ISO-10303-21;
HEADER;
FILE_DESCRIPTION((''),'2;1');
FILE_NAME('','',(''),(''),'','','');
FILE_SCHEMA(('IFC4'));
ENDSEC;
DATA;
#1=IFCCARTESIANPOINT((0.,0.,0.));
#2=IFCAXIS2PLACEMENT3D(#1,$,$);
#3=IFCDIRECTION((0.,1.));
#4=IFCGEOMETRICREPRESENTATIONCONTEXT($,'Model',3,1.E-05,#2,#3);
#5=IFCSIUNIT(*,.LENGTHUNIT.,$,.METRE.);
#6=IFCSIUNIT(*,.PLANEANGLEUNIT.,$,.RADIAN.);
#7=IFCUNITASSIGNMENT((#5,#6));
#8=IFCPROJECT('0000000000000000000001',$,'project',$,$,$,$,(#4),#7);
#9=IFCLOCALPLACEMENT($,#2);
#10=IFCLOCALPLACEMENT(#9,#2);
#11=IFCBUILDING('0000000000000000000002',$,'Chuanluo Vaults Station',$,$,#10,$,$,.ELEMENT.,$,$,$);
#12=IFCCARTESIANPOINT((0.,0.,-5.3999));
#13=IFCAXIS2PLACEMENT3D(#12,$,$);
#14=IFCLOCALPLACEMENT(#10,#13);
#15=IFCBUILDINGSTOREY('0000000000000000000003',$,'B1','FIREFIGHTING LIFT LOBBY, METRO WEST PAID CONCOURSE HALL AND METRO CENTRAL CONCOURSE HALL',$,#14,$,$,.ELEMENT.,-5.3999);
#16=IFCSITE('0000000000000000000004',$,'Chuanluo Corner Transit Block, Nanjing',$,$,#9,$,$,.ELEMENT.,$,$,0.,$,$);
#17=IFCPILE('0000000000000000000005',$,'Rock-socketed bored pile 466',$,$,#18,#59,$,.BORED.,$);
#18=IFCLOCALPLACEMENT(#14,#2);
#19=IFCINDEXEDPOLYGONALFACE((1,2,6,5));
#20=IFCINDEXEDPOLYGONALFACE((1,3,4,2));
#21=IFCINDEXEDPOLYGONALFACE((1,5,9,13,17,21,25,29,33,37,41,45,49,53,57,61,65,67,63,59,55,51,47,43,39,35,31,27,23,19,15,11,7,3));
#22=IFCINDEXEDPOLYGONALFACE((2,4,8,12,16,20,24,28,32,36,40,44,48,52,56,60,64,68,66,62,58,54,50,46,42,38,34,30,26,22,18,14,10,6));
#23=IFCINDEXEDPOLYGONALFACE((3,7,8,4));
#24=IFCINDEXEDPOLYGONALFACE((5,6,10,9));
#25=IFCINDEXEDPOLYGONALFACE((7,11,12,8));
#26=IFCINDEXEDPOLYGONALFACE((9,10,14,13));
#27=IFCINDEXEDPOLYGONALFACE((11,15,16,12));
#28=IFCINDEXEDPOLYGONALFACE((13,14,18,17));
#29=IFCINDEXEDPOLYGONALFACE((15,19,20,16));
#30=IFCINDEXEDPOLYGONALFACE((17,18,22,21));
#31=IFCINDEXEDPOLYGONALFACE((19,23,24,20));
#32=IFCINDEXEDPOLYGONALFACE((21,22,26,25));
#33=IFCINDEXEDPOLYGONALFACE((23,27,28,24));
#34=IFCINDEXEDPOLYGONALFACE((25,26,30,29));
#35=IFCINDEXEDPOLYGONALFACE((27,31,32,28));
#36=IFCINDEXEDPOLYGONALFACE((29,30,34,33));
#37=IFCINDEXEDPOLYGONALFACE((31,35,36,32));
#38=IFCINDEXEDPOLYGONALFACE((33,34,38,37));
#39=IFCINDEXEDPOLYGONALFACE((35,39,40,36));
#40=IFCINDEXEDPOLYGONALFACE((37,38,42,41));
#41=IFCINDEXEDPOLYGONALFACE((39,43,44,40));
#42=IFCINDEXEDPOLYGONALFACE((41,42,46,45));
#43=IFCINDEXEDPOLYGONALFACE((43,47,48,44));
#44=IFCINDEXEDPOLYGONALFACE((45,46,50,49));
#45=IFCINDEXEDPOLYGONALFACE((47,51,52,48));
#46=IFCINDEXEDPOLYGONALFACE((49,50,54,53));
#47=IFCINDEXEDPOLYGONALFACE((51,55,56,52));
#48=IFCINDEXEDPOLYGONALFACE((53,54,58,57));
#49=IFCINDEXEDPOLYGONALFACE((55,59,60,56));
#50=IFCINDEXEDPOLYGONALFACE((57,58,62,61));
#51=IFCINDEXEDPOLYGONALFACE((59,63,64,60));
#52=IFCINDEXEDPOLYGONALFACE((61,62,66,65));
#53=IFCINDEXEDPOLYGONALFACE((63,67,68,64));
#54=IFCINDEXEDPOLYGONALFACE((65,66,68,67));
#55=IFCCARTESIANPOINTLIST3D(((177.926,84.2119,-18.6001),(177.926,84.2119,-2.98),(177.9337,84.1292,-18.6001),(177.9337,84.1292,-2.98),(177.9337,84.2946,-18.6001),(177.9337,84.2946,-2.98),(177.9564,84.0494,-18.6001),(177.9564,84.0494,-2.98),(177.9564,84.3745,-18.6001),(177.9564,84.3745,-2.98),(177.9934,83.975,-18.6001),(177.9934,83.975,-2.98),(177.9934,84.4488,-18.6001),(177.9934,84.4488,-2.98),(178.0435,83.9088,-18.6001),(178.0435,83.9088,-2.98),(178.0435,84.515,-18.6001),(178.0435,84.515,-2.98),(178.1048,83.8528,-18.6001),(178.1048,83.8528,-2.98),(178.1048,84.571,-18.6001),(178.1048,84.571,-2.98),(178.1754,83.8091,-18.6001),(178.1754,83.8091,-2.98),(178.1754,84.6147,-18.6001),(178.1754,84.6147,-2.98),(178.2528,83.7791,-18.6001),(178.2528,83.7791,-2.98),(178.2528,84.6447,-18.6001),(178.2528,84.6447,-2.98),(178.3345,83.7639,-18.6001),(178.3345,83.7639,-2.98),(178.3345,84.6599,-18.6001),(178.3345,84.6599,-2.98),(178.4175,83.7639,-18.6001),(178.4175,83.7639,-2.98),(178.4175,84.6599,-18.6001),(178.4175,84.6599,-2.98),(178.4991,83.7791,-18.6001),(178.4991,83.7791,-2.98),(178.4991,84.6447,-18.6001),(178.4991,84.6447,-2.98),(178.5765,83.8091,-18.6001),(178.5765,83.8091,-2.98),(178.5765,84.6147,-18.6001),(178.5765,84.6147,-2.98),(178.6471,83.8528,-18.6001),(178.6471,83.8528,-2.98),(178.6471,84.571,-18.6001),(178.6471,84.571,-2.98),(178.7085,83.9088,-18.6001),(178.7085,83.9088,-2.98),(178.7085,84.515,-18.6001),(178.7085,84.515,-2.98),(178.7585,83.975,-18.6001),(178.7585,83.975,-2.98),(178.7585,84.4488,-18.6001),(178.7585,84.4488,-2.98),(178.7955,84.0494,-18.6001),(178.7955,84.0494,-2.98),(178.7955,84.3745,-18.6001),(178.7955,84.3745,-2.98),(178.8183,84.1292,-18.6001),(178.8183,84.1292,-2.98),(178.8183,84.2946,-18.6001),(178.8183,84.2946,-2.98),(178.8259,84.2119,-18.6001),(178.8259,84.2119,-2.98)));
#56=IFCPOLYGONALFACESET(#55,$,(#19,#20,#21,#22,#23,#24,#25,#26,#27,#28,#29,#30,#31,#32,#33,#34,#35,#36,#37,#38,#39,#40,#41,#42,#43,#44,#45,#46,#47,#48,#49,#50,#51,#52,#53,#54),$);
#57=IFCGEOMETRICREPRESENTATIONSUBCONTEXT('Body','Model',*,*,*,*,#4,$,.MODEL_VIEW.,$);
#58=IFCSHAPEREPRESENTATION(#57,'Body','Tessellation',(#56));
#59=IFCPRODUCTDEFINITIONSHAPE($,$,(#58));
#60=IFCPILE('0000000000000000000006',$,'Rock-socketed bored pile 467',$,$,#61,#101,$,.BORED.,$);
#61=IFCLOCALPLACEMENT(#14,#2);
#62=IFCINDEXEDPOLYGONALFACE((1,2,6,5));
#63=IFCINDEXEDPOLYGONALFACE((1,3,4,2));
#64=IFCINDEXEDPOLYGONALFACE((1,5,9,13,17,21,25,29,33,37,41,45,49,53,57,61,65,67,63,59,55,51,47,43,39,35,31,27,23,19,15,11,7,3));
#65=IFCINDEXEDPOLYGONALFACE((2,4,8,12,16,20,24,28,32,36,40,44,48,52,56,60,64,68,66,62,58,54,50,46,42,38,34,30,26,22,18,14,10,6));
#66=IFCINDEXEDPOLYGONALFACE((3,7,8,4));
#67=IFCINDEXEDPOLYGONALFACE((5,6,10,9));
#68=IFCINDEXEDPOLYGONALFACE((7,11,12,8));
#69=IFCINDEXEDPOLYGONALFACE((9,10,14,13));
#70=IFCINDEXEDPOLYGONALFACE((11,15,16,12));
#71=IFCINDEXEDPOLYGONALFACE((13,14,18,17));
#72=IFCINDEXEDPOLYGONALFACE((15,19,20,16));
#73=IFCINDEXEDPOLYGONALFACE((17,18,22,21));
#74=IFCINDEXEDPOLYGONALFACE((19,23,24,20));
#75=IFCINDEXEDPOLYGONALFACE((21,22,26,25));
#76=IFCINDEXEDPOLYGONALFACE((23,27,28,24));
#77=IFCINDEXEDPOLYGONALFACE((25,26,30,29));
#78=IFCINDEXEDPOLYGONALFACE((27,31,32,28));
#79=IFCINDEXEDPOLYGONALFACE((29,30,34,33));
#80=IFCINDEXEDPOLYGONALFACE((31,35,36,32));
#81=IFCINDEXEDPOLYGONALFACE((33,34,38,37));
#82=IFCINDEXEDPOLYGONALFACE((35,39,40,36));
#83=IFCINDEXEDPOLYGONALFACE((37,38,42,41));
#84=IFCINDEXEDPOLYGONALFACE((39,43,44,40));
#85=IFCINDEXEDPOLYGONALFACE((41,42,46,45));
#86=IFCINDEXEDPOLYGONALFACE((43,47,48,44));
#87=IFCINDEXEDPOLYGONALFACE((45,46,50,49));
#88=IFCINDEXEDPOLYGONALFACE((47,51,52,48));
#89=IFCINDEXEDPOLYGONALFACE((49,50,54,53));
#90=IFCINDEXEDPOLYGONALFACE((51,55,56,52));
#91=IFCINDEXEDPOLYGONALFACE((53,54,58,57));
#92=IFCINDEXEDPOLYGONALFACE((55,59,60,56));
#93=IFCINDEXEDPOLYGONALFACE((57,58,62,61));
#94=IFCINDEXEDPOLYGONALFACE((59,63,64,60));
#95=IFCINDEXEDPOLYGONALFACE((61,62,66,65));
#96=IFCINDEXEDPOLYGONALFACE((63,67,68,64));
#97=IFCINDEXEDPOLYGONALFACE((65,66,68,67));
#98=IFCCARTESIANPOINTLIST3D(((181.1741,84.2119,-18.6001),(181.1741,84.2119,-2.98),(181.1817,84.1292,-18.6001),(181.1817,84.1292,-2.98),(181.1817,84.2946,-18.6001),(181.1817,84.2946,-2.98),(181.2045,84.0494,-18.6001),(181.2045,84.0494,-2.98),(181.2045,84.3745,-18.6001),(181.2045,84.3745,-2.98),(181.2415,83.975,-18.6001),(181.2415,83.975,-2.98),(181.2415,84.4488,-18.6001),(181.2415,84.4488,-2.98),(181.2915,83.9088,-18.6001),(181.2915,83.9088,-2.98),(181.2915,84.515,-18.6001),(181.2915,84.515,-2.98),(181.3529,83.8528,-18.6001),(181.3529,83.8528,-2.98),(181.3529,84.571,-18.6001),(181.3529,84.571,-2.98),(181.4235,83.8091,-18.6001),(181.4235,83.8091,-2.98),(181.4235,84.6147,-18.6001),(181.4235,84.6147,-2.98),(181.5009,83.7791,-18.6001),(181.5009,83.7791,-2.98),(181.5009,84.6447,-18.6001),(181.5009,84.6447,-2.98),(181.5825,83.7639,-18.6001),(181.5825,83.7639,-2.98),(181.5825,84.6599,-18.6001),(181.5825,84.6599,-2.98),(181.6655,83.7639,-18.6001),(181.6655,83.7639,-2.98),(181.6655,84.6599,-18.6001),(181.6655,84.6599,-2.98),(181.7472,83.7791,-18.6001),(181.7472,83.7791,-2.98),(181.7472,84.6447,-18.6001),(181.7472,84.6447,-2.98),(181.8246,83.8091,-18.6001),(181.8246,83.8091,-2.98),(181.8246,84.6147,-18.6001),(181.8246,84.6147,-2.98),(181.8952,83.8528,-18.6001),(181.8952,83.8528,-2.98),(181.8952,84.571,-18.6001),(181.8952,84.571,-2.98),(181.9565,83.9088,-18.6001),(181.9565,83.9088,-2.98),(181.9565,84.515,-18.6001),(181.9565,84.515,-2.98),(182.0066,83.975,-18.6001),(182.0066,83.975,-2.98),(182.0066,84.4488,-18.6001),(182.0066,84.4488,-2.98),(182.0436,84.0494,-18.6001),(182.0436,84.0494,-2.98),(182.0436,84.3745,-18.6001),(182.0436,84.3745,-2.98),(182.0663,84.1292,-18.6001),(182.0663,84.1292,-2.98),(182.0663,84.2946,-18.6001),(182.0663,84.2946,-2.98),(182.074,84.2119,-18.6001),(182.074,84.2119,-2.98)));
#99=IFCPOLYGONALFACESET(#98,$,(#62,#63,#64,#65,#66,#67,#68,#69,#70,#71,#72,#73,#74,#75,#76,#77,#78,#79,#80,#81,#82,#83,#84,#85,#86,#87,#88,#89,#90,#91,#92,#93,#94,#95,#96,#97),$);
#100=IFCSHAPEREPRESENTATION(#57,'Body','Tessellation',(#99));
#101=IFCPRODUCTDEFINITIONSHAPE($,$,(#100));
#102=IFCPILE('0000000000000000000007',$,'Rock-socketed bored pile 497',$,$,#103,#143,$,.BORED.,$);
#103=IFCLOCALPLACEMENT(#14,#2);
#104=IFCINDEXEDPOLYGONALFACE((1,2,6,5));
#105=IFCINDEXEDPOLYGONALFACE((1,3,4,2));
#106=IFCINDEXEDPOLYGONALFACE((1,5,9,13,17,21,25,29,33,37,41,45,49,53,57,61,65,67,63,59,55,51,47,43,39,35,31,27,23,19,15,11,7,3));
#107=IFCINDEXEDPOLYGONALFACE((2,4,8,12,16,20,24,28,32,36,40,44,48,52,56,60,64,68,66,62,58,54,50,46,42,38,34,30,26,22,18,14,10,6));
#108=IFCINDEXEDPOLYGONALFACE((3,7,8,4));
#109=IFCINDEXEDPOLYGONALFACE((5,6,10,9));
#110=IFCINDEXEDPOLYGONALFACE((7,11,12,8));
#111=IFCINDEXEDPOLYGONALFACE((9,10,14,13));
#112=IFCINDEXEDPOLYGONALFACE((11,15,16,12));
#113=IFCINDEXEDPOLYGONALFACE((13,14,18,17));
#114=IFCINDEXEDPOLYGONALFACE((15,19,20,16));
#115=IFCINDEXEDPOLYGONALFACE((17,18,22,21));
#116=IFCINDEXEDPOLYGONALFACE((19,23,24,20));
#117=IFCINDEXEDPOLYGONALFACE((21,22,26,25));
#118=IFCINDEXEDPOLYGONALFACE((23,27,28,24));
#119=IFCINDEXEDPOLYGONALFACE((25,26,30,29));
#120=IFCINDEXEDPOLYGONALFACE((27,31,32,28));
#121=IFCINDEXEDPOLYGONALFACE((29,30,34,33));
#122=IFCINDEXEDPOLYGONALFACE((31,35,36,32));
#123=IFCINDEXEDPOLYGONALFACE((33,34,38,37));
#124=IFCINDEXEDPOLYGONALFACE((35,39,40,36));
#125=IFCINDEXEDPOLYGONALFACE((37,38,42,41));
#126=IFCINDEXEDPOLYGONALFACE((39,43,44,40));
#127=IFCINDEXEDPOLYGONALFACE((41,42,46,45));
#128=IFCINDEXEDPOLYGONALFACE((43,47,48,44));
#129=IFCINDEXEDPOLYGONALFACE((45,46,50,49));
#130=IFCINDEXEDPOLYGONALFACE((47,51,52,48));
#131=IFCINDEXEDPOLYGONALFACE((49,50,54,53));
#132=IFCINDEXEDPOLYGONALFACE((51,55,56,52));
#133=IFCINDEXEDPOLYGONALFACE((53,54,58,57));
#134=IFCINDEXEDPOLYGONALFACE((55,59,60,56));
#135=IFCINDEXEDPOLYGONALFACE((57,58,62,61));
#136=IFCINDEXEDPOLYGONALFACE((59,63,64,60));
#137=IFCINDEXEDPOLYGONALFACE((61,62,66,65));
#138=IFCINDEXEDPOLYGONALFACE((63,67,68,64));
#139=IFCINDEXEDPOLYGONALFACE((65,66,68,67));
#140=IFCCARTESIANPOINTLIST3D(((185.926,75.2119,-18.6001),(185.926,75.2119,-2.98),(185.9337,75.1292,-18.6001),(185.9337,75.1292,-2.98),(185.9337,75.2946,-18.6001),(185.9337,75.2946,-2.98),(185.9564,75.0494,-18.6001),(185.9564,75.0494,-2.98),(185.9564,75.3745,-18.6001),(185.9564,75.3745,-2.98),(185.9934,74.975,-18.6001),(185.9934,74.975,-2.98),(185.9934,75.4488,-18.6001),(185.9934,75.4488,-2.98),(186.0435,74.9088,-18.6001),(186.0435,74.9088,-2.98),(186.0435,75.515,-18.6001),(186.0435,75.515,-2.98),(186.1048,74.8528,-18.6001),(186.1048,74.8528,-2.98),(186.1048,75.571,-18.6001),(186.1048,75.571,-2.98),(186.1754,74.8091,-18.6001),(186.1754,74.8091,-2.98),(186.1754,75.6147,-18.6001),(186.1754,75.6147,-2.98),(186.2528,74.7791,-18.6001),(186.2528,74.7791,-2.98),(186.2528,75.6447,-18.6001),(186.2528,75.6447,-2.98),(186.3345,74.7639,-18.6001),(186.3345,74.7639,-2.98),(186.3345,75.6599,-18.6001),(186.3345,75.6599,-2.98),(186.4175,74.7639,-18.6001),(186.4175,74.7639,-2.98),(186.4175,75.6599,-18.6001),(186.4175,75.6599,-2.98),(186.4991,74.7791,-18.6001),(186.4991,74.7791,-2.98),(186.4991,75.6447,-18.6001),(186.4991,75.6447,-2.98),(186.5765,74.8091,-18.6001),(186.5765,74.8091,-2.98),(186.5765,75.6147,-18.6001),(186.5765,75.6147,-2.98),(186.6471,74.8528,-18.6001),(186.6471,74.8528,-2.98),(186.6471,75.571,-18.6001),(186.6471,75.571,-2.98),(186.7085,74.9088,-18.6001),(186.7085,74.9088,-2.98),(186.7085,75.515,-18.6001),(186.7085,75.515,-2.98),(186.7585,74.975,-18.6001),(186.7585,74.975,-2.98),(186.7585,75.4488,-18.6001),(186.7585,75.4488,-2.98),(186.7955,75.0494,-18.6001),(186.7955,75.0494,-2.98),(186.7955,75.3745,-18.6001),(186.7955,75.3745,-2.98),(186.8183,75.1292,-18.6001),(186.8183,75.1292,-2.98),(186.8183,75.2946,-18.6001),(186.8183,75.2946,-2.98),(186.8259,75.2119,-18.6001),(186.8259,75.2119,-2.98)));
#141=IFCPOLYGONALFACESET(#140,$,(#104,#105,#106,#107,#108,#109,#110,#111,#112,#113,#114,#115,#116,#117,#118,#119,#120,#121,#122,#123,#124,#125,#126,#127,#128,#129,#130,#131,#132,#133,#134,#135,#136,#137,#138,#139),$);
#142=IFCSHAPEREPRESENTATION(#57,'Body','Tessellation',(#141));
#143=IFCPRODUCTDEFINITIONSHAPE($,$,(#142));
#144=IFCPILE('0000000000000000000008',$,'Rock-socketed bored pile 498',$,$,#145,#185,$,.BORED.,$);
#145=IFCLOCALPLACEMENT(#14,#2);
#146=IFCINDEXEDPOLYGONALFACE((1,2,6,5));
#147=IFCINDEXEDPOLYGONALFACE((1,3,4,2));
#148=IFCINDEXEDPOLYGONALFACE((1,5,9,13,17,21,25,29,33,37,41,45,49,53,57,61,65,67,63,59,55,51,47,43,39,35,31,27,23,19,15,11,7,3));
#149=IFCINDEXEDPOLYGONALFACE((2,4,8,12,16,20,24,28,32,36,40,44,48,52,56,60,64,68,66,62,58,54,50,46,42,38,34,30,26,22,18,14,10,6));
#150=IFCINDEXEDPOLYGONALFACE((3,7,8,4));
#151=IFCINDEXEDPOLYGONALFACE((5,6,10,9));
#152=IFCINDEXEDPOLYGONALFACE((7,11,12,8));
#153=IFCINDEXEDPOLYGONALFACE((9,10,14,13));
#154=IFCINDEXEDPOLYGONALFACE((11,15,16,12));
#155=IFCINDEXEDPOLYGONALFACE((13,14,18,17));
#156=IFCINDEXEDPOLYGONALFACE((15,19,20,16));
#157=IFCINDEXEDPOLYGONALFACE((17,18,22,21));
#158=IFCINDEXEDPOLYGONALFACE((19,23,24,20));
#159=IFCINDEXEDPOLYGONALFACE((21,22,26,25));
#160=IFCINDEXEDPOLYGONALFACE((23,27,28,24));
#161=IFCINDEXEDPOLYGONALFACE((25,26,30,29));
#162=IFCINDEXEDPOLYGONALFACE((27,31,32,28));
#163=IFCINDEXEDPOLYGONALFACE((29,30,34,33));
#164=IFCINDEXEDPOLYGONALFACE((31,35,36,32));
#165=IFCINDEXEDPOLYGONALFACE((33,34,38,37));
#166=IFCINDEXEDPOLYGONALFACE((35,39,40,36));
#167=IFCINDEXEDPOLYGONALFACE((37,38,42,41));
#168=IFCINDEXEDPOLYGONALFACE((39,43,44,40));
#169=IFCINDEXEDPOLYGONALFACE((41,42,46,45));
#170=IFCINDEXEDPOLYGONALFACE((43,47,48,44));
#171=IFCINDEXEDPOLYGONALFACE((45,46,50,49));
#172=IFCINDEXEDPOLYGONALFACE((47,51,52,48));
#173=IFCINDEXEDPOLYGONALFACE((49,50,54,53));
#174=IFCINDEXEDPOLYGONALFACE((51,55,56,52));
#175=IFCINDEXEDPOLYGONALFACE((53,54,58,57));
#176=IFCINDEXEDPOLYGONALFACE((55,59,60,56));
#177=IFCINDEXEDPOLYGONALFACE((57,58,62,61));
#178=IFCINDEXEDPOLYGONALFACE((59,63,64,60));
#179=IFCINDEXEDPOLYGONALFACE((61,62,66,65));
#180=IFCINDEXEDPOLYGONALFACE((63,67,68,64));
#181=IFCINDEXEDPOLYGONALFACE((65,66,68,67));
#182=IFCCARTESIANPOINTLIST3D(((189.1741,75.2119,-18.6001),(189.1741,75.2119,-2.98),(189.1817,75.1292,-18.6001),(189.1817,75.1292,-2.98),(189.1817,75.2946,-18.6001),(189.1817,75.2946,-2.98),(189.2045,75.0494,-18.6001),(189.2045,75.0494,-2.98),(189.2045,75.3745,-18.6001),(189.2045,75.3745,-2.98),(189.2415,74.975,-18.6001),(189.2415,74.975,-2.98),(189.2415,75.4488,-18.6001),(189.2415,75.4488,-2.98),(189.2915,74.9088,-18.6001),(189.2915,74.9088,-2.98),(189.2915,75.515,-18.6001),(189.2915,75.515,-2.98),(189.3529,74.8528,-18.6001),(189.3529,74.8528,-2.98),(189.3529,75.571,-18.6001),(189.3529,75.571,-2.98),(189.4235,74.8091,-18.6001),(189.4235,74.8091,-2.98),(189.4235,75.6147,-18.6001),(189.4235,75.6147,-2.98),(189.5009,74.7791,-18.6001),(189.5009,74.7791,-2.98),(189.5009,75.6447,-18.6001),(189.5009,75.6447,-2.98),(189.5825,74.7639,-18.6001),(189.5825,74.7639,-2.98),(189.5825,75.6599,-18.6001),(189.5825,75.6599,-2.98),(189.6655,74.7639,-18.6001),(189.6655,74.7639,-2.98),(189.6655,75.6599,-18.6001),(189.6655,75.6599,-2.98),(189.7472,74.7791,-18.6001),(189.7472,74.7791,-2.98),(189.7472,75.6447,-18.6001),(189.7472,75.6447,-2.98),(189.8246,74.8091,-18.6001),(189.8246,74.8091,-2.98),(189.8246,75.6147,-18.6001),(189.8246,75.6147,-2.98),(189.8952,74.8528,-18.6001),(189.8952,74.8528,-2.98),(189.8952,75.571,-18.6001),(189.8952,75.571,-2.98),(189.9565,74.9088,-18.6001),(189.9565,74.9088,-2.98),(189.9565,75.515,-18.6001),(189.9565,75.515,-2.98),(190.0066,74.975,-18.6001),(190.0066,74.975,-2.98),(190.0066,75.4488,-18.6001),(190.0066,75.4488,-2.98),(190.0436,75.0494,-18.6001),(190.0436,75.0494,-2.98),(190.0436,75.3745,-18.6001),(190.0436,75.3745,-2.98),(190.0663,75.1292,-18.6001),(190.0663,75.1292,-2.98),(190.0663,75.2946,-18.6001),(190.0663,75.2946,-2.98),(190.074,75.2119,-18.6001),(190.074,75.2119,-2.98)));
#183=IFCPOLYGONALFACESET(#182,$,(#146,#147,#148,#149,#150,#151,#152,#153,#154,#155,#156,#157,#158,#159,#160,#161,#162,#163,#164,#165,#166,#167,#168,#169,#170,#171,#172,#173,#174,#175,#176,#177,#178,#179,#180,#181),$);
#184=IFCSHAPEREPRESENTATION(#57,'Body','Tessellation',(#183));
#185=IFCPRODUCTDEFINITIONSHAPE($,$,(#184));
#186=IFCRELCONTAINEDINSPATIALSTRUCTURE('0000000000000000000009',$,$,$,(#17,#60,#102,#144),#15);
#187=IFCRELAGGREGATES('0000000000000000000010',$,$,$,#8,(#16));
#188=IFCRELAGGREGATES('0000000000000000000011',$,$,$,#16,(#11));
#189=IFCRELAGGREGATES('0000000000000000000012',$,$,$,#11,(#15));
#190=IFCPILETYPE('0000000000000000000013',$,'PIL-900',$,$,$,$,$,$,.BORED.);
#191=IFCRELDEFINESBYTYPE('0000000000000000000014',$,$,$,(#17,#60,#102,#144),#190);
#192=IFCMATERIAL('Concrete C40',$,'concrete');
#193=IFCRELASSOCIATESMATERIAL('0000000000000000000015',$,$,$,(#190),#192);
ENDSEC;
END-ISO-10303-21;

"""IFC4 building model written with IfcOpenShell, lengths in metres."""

from ifc_helpers import new_model, si_unit, direction, frame, origin, origin_2d, place, context, subcontext, project, spatial, circle, extrude, material, material_profile, profile_set, type_object, element, save


model = new_model("IFC4")

# Units and contexts
model_context = context("Model", 3, precision=1e-05, world=origin(), true_north=direction((0.0, 1.0)))
body_context = subcontext(model_context, "Body", "Model", "MODEL_VIEW")
ifc_project = project(units=[si_unit("LENGTHUNIT", "METRE"), si_unit("PLANEANGLEUNIT", "RADIAN")], contexts=[model_context])

# Site, building, storey
site_placement = place(None, origin())
site = spatial("IfcSite", under=ifc_project, at=site_placement, Name="Chuanluo Corner Transit Block, Nanjing", CompositionType="ELEMENT", RefElevation=0.0)
building_placement = place(site_placement, origin())
building = spatial("IfcBuilding", under=site, at=building_placement, Name="Chuanluo Vaults Station", CompositionType="ELEMENT")
storey_placement = place(building_placement, frame((0.0, 0.0, -5.3999)))
storey = spatial("IfcBuildingStorey", under=building, at=storey_placement, Name="B1", Description="FIREFIGHTING LIFT LOBBY, METRO WEST PAID CONCOURSE HALL AND METRO CENTRAL CONCOURSE HALL", CompositionType="ELEMENT", Elevation=-5.3999)

# Piles
ifc_material_1 = material(Name="Concrete C40", Category="concrete")
ifc_material_profile_1 = material_profile(ifc_material_1, circle(Radius=0.45, at=origin_2d()))
ifc_profile_set_1 = profile_set([ifc_material_profile_1], Name="Concrete C40")
pile_type_1 = type_object("IfcPileType", Name="PIL-900", PredefinedType="BORED", material=ifc_profile_set_1)
for number, where, z_axis, x_axis, name in (
    (1, (178.376, 84.2119, -2.98), (0.0, 0.0, -1.0), (1.0, 0.0, 0.0), "Rock-socketed bored pile 466"),
    (2, (181.624, 84.2119, -2.98), (0.0, 0.0, -1.0), (1.0, 0.0, 0.0), "Rock-socketed bored pile 467"),
    (3, (186.376, 75.2119, -2.98), (0.0, 0.0, -1.0), (1.0, 0.0, 0.0), "Rock-socketed bored pile 497"),
    (4, (189.624, 75.2119, -2.98), (0.0, 0.0, -1.0), (1.0, 0.0, 0.0), "Rock-socketed bored pile 498"),
):
    element("IfcPile", number, at=place(storey_placement, frame(where, z_axis=z_axis, x_axis=x_axis)), inside=storey, type_object=pile_type_1, Name=name, PredefinedType="BORED", context=body_context, shape_type="SweptSolid", body=[
        extrude(circle(Radius=0.45, at=origin_2d()), origin(), (0.0, 0.0, 1.0), 15.6201),
    ])

save(model, "model.ifc")
